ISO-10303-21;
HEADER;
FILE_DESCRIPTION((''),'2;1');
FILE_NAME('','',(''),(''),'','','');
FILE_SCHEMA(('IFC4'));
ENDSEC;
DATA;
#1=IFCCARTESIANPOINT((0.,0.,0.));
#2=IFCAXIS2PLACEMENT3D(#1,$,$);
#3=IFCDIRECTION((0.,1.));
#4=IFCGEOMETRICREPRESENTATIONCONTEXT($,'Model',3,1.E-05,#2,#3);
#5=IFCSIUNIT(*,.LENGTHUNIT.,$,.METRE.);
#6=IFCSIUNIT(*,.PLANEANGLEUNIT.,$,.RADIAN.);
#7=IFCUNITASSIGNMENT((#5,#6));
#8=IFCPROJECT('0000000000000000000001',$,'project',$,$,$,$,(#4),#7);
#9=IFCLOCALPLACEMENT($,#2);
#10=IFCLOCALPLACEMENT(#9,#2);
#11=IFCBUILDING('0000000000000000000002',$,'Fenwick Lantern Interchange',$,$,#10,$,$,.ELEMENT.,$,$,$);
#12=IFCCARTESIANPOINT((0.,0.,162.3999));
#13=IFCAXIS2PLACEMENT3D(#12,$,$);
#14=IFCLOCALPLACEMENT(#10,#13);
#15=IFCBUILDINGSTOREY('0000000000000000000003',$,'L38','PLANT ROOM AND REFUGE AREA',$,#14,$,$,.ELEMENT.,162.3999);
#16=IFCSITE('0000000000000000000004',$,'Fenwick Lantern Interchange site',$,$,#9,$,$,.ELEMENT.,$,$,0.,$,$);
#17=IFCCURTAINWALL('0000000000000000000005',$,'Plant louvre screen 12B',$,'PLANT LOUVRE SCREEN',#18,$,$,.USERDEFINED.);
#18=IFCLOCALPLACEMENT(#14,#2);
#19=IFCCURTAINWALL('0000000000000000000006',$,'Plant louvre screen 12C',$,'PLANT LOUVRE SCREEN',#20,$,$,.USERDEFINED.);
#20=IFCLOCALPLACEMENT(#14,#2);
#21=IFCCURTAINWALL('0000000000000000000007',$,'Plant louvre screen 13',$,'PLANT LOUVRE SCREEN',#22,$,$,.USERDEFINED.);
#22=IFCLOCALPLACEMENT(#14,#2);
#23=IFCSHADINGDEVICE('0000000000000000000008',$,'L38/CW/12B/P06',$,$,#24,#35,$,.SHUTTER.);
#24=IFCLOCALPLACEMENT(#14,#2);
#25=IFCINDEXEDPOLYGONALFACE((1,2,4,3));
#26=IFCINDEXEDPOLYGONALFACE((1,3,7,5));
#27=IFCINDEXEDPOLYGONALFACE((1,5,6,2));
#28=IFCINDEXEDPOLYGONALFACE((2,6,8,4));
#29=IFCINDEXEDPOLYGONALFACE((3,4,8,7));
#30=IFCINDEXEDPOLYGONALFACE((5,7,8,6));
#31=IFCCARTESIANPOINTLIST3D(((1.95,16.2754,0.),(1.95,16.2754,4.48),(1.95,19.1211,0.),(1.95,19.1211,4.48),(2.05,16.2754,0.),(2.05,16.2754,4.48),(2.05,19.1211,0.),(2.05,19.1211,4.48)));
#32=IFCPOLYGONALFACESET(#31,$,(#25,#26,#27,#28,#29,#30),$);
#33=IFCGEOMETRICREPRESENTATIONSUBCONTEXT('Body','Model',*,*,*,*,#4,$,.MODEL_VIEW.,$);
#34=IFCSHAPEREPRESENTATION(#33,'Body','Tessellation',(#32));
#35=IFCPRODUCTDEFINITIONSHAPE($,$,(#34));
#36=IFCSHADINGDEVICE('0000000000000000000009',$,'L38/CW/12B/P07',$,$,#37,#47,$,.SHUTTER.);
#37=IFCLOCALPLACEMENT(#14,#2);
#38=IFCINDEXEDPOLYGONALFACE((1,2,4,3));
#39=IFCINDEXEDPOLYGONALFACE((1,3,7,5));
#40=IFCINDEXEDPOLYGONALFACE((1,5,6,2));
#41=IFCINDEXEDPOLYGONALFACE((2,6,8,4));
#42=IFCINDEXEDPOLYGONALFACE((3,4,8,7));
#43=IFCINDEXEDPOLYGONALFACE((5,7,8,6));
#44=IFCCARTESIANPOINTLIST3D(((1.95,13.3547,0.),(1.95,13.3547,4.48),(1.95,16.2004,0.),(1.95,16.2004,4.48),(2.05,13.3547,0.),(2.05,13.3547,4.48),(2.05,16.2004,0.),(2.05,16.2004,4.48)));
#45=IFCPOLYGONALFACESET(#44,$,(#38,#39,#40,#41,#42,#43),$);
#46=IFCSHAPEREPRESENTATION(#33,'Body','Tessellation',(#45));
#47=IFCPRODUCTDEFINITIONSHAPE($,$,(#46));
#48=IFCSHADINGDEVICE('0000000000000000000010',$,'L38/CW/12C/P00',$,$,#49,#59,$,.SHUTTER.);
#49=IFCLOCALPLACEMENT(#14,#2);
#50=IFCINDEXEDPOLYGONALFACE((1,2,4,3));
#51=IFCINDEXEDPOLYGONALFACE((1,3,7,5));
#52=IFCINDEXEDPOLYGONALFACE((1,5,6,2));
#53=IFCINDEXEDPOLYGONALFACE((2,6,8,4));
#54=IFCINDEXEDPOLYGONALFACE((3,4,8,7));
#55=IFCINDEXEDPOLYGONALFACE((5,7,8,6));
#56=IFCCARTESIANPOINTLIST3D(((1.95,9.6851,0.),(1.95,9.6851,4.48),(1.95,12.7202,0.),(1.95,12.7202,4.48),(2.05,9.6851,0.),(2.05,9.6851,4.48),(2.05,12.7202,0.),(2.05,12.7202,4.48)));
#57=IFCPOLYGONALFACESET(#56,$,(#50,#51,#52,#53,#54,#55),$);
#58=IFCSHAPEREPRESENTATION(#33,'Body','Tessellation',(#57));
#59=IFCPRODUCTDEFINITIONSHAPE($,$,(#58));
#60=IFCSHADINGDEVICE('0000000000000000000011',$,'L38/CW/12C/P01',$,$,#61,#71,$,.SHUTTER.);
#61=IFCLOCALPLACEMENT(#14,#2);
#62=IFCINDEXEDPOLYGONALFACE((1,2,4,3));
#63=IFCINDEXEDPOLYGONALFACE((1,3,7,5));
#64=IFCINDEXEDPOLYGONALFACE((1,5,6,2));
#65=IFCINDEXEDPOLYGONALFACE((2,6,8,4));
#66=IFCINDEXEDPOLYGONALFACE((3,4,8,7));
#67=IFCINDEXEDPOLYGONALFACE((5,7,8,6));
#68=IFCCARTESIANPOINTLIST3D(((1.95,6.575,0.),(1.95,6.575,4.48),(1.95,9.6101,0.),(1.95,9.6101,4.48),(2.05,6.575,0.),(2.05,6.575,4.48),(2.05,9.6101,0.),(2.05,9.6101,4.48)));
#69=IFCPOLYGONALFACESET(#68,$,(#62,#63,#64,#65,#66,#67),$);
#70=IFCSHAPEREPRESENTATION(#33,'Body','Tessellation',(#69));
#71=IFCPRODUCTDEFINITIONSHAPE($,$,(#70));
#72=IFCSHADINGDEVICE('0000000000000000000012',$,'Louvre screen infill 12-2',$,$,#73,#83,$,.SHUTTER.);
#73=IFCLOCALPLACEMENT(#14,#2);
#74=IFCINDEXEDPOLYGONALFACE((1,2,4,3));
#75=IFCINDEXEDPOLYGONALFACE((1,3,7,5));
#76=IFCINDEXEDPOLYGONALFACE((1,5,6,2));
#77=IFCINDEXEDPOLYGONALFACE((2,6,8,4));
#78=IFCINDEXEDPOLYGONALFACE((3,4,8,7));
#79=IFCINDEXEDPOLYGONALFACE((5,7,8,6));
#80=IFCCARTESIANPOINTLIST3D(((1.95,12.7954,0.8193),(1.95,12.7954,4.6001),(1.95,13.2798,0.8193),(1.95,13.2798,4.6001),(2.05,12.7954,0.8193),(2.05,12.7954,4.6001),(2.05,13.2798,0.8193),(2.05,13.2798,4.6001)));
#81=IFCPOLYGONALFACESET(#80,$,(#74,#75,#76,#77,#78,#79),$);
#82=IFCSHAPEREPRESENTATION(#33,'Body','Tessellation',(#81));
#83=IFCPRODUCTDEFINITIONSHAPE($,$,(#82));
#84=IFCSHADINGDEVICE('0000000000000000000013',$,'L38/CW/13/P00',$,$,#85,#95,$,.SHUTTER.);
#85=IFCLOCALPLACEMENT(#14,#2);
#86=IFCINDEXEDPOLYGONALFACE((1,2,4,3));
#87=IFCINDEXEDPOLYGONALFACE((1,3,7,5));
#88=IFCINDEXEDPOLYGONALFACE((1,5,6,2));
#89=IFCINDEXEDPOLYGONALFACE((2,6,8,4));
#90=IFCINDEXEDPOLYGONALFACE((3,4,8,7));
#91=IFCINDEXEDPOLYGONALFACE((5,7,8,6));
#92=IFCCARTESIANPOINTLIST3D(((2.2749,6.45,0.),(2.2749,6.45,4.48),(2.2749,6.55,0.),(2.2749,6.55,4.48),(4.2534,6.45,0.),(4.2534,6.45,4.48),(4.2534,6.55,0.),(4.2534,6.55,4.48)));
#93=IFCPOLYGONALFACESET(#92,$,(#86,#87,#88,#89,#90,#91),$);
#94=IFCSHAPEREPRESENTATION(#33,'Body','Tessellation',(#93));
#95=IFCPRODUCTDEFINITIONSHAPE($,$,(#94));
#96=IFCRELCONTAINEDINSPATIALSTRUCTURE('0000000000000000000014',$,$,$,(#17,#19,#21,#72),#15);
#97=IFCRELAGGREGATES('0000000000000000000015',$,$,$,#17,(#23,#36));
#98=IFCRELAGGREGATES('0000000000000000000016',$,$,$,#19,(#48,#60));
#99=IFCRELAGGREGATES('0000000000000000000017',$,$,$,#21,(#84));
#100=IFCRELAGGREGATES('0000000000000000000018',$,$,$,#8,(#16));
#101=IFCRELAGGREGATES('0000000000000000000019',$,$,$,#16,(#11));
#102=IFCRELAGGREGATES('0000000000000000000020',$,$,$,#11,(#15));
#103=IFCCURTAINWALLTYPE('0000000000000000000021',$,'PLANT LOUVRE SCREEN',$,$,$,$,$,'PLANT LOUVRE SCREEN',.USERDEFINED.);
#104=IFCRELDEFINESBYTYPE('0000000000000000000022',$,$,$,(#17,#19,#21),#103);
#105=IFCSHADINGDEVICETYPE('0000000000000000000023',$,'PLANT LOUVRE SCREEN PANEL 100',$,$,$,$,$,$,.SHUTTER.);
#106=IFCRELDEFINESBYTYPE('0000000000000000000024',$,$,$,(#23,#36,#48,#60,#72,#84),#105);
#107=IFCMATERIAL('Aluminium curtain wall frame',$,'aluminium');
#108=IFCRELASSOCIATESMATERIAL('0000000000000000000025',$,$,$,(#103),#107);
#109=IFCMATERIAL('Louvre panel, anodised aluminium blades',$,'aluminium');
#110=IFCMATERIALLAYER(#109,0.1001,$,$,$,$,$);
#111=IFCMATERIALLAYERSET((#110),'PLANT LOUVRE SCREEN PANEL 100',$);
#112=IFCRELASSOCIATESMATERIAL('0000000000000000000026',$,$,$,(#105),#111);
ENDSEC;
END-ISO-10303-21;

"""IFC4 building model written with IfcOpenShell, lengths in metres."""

from ifc_helpers import new_model, si_unit, direction, frame, origin, origin_2d, place, context, subcontext, project, spatial, rectangle, extrude, material, layer, layer_set, type_object, element, aggregate, save


model = new_model("IFC4")

# Units and contexts
model_context = context("Model", 3, precision=1e-05, world=origin(), true_north=direction((0.0, 1.0)))
body_context = subcontext(model_context, "Body", "Model", "MODEL_VIEW")
ifc_project = project(units=[si_unit("LENGTHUNIT", "METRE"), si_unit("PLANEANGLEUNIT", "RADIAN")], contexts=[model_context])

# Site, building, storey
site_placement = place(None, origin())
site = spatial("IfcSite", under=ifc_project, at=site_placement, Name="Fenwick Lantern Interchange site", CompositionType="ELEMENT", RefElevation=0.0)
building_placement = place(site_placement, origin())
building = spatial("IfcBuilding", under=site, at=building_placement, Name="Fenwick Lantern Interchange", CompositionType="ELEMENT")
storey_placement = place(building_placement, frame((0.0, 0.0, 162.3999)))
storey = spatial("IfcBuildingStorey", under=building, at=storey_placement, Name="L38", Description="PLANT ROOM AND REFUGE AREA", CompositionType="ELEMENT", Elevation=162.3999)

# Curtain walls
ifc_material_1 = material(Name="Aluminium curtain wall frame", Category="aluminium")
curtain_wall_type = type_object("IfcCurtainWallType", Name="PLANT LOUVRE SCREEN", ElementType="PLANT LOUVRE SCREEN", PredefinedType="USERDEFINED", material=ifc_material_1)
curtain_wall_1_placement = place(storey_placement, origin())
curtain_wall_1 = element("IfcCurtainWall", 1, at=curtain_wall_1_placement, inside=storey, type_object=curtain_wall_type, Name="Plant louvre screen 12B", ObjectType="PLANT LOUVRE SCREEN", PredefinedType="USERDEFINED")
curtain_wall_2_placement = place(storey_placement, origin())
curtain_wall_2 = element("IfcCurtainWall", 2, at=curtain_wall_2_placement, inside=storey, type_object=curtain_wall_type, Name="Plant louvre screen 12C", ObjectType="PLANT LOUVRE SCREEN", PredefinedType="USERDEFINED")

# Curtain wall
curtain_wall_3_placement = place(storey_placement, origin())
curtain_wall_3 = element("IfcCurtainWall", 3, at=curtain_wall_3_placement, inside=storey, type_object=curtain_wall_type, Name="Plant louvre screen 13", ObjectType="PLANT LOUVRE SCREEN", PredefinedType="USERDEFINED")

# Shading devices
ifc_material_2 = material(Name="Louvre panel, anodised aluminium blades", Category="aluminium")
ifc_layer_1 = layer(ifc_material_2, 0.1001)
ifc_layer_set_1 = layer_set([ifc_layer_1], Name="PLANT LOUVRE SCREEN PANEL 100")
shading_device_type = type_object("IfcShadingDeviceType", Name="PLANT LOUVRE SCREEN PANEL 100", PredefinedType="SHUTTER", material=ifc_layer_set_1)
shading_device_1_placement = place(storey_placement, frame((2.0, 17.6982, 0.0), z_axis=(0.0, 0.0, 1.0), x_axis=(0.0, -1.0, 0.0)))
shading_device_1 = element("IfcShadingDevice", 4, at=shading_device_1_placement, type_object=shading_device_type, Name="L38/CW/12B/P06", PredefinedType="SHUTTER", context=body_context, shape_type="SweptSolid", body=[
    extrude(rectangle(XDim=2.8457, YDim=0.1001, at=origin_2d()), origin(), (0.0, 0.0, 1.0), 4.48),
])
shading_device_2_placement = place(storey_placement, frame((2.0, 14.7776, 0.0), z_axis=(0.0, 0.0, 1.0), x_axis=(0.0, -1.0, 0.0)))
shading_device_2 = element("IfcShadingDevice", 5, at=shading_device_2_placement, type_object=shading_device_type, Name="L38/CW/12B/P07", PredefinedType="SHUTTER", context=body_context, shape_type="SweptSolid", body=[
    extrude(rectangle(XDim=2.8457, YDim=0.1001, at=origin_2d()), origin(), (0.0, 0.0, 1.0), 4.48),
])
aggregate(curtain_wall_1, [shading_device_1, shading_device_2])
shading_device_3_placement = place(storey_placement, frame((2.0, 11.2026, 0.0), z_axis=(0.0, 0.0, 1.0), x_axis=(0.0, -1.0, 0.0)))
shading_device_3 = element("IfcShadingDevice", 6, at=shading_device_3_placement, type_object=shading_device_type, Name="L38/CW/12C/P00", PredefinedType="SHUTTER", context=body_context, shape_type="SweptSolid", body=[
    extrude(rectangle(XDim=3.0352, YDim=0.1001, at=origin_2d()), origin(), (0.0, 0.0, 1.0), 4.48),
])
shading_device_4_placement = place(storey_placement, frame((2.0, 8.0925, 0.0), z_axis=(0.0, 0.0, 1.0), x_axis=(0.0, -1.0, 0.0)))
shading_device_4 = element("IfcShadingDevice", 7, at=shading_device_4_placement, type_object=shading_device_type, Name="L38/CW/12C/P01", PredefinedType="SHUTTER", context=body_context, shape_type="SweptSolid", body=[
    extrude(rectangle(XDim=3.0352, YDim=0.1001, at=origin_2d()), origin(), (0.0, 0.0, 1.0), 4.48),
])
aggregate(curtain_wall_2, [shading_device_3, shading_device_4])
shading_device_5_placement = place(storey_placement, frame((2.0, 13.0376, 0.8193), z_axis=(0.0, 0.0, 1.0), x_axis=(0.0, -1.0, 0.0)))
element("IfcShadingDevice", 8, at=shading_device_5_placement, inside=storey, type_object=shading_device_type, Name="Louvre screen infill 12-2", PredefinedType="SHUTTER", context=body_context, shape_type="SweptSolid", body=[
    extrude(rectangle(XDim=0.4844, YDim=0.1001, at=origin_2d()), origin(), (0.0, 0.0, 1.0), 3.7808),
])
shading_device_6_placement = place(storey_placement, frame((3.2642, 6.5, 0.0), z_axis=(0.0, 0.0, 1.0), x_axis=(1.0, 0.0, 0.0)))
shading_device_6 = element("IfcShadingDevice", 9, at=shading_device_6_placement, type_object=shading_device_type, Name="L38/CW/13/P00", PredefinedType="SHUTTER", context=body_context, shape_type="SweptSolid", body=[
    extrude(rectangle(XDim=1.9785, YDim=0.1001, at=origin_2d()), origin(), (0.0, 0.0, 1.0), 4.48),
])
aggregate(curtain_wall_3, [shading_device_6])

save(model, "model.ifc")
